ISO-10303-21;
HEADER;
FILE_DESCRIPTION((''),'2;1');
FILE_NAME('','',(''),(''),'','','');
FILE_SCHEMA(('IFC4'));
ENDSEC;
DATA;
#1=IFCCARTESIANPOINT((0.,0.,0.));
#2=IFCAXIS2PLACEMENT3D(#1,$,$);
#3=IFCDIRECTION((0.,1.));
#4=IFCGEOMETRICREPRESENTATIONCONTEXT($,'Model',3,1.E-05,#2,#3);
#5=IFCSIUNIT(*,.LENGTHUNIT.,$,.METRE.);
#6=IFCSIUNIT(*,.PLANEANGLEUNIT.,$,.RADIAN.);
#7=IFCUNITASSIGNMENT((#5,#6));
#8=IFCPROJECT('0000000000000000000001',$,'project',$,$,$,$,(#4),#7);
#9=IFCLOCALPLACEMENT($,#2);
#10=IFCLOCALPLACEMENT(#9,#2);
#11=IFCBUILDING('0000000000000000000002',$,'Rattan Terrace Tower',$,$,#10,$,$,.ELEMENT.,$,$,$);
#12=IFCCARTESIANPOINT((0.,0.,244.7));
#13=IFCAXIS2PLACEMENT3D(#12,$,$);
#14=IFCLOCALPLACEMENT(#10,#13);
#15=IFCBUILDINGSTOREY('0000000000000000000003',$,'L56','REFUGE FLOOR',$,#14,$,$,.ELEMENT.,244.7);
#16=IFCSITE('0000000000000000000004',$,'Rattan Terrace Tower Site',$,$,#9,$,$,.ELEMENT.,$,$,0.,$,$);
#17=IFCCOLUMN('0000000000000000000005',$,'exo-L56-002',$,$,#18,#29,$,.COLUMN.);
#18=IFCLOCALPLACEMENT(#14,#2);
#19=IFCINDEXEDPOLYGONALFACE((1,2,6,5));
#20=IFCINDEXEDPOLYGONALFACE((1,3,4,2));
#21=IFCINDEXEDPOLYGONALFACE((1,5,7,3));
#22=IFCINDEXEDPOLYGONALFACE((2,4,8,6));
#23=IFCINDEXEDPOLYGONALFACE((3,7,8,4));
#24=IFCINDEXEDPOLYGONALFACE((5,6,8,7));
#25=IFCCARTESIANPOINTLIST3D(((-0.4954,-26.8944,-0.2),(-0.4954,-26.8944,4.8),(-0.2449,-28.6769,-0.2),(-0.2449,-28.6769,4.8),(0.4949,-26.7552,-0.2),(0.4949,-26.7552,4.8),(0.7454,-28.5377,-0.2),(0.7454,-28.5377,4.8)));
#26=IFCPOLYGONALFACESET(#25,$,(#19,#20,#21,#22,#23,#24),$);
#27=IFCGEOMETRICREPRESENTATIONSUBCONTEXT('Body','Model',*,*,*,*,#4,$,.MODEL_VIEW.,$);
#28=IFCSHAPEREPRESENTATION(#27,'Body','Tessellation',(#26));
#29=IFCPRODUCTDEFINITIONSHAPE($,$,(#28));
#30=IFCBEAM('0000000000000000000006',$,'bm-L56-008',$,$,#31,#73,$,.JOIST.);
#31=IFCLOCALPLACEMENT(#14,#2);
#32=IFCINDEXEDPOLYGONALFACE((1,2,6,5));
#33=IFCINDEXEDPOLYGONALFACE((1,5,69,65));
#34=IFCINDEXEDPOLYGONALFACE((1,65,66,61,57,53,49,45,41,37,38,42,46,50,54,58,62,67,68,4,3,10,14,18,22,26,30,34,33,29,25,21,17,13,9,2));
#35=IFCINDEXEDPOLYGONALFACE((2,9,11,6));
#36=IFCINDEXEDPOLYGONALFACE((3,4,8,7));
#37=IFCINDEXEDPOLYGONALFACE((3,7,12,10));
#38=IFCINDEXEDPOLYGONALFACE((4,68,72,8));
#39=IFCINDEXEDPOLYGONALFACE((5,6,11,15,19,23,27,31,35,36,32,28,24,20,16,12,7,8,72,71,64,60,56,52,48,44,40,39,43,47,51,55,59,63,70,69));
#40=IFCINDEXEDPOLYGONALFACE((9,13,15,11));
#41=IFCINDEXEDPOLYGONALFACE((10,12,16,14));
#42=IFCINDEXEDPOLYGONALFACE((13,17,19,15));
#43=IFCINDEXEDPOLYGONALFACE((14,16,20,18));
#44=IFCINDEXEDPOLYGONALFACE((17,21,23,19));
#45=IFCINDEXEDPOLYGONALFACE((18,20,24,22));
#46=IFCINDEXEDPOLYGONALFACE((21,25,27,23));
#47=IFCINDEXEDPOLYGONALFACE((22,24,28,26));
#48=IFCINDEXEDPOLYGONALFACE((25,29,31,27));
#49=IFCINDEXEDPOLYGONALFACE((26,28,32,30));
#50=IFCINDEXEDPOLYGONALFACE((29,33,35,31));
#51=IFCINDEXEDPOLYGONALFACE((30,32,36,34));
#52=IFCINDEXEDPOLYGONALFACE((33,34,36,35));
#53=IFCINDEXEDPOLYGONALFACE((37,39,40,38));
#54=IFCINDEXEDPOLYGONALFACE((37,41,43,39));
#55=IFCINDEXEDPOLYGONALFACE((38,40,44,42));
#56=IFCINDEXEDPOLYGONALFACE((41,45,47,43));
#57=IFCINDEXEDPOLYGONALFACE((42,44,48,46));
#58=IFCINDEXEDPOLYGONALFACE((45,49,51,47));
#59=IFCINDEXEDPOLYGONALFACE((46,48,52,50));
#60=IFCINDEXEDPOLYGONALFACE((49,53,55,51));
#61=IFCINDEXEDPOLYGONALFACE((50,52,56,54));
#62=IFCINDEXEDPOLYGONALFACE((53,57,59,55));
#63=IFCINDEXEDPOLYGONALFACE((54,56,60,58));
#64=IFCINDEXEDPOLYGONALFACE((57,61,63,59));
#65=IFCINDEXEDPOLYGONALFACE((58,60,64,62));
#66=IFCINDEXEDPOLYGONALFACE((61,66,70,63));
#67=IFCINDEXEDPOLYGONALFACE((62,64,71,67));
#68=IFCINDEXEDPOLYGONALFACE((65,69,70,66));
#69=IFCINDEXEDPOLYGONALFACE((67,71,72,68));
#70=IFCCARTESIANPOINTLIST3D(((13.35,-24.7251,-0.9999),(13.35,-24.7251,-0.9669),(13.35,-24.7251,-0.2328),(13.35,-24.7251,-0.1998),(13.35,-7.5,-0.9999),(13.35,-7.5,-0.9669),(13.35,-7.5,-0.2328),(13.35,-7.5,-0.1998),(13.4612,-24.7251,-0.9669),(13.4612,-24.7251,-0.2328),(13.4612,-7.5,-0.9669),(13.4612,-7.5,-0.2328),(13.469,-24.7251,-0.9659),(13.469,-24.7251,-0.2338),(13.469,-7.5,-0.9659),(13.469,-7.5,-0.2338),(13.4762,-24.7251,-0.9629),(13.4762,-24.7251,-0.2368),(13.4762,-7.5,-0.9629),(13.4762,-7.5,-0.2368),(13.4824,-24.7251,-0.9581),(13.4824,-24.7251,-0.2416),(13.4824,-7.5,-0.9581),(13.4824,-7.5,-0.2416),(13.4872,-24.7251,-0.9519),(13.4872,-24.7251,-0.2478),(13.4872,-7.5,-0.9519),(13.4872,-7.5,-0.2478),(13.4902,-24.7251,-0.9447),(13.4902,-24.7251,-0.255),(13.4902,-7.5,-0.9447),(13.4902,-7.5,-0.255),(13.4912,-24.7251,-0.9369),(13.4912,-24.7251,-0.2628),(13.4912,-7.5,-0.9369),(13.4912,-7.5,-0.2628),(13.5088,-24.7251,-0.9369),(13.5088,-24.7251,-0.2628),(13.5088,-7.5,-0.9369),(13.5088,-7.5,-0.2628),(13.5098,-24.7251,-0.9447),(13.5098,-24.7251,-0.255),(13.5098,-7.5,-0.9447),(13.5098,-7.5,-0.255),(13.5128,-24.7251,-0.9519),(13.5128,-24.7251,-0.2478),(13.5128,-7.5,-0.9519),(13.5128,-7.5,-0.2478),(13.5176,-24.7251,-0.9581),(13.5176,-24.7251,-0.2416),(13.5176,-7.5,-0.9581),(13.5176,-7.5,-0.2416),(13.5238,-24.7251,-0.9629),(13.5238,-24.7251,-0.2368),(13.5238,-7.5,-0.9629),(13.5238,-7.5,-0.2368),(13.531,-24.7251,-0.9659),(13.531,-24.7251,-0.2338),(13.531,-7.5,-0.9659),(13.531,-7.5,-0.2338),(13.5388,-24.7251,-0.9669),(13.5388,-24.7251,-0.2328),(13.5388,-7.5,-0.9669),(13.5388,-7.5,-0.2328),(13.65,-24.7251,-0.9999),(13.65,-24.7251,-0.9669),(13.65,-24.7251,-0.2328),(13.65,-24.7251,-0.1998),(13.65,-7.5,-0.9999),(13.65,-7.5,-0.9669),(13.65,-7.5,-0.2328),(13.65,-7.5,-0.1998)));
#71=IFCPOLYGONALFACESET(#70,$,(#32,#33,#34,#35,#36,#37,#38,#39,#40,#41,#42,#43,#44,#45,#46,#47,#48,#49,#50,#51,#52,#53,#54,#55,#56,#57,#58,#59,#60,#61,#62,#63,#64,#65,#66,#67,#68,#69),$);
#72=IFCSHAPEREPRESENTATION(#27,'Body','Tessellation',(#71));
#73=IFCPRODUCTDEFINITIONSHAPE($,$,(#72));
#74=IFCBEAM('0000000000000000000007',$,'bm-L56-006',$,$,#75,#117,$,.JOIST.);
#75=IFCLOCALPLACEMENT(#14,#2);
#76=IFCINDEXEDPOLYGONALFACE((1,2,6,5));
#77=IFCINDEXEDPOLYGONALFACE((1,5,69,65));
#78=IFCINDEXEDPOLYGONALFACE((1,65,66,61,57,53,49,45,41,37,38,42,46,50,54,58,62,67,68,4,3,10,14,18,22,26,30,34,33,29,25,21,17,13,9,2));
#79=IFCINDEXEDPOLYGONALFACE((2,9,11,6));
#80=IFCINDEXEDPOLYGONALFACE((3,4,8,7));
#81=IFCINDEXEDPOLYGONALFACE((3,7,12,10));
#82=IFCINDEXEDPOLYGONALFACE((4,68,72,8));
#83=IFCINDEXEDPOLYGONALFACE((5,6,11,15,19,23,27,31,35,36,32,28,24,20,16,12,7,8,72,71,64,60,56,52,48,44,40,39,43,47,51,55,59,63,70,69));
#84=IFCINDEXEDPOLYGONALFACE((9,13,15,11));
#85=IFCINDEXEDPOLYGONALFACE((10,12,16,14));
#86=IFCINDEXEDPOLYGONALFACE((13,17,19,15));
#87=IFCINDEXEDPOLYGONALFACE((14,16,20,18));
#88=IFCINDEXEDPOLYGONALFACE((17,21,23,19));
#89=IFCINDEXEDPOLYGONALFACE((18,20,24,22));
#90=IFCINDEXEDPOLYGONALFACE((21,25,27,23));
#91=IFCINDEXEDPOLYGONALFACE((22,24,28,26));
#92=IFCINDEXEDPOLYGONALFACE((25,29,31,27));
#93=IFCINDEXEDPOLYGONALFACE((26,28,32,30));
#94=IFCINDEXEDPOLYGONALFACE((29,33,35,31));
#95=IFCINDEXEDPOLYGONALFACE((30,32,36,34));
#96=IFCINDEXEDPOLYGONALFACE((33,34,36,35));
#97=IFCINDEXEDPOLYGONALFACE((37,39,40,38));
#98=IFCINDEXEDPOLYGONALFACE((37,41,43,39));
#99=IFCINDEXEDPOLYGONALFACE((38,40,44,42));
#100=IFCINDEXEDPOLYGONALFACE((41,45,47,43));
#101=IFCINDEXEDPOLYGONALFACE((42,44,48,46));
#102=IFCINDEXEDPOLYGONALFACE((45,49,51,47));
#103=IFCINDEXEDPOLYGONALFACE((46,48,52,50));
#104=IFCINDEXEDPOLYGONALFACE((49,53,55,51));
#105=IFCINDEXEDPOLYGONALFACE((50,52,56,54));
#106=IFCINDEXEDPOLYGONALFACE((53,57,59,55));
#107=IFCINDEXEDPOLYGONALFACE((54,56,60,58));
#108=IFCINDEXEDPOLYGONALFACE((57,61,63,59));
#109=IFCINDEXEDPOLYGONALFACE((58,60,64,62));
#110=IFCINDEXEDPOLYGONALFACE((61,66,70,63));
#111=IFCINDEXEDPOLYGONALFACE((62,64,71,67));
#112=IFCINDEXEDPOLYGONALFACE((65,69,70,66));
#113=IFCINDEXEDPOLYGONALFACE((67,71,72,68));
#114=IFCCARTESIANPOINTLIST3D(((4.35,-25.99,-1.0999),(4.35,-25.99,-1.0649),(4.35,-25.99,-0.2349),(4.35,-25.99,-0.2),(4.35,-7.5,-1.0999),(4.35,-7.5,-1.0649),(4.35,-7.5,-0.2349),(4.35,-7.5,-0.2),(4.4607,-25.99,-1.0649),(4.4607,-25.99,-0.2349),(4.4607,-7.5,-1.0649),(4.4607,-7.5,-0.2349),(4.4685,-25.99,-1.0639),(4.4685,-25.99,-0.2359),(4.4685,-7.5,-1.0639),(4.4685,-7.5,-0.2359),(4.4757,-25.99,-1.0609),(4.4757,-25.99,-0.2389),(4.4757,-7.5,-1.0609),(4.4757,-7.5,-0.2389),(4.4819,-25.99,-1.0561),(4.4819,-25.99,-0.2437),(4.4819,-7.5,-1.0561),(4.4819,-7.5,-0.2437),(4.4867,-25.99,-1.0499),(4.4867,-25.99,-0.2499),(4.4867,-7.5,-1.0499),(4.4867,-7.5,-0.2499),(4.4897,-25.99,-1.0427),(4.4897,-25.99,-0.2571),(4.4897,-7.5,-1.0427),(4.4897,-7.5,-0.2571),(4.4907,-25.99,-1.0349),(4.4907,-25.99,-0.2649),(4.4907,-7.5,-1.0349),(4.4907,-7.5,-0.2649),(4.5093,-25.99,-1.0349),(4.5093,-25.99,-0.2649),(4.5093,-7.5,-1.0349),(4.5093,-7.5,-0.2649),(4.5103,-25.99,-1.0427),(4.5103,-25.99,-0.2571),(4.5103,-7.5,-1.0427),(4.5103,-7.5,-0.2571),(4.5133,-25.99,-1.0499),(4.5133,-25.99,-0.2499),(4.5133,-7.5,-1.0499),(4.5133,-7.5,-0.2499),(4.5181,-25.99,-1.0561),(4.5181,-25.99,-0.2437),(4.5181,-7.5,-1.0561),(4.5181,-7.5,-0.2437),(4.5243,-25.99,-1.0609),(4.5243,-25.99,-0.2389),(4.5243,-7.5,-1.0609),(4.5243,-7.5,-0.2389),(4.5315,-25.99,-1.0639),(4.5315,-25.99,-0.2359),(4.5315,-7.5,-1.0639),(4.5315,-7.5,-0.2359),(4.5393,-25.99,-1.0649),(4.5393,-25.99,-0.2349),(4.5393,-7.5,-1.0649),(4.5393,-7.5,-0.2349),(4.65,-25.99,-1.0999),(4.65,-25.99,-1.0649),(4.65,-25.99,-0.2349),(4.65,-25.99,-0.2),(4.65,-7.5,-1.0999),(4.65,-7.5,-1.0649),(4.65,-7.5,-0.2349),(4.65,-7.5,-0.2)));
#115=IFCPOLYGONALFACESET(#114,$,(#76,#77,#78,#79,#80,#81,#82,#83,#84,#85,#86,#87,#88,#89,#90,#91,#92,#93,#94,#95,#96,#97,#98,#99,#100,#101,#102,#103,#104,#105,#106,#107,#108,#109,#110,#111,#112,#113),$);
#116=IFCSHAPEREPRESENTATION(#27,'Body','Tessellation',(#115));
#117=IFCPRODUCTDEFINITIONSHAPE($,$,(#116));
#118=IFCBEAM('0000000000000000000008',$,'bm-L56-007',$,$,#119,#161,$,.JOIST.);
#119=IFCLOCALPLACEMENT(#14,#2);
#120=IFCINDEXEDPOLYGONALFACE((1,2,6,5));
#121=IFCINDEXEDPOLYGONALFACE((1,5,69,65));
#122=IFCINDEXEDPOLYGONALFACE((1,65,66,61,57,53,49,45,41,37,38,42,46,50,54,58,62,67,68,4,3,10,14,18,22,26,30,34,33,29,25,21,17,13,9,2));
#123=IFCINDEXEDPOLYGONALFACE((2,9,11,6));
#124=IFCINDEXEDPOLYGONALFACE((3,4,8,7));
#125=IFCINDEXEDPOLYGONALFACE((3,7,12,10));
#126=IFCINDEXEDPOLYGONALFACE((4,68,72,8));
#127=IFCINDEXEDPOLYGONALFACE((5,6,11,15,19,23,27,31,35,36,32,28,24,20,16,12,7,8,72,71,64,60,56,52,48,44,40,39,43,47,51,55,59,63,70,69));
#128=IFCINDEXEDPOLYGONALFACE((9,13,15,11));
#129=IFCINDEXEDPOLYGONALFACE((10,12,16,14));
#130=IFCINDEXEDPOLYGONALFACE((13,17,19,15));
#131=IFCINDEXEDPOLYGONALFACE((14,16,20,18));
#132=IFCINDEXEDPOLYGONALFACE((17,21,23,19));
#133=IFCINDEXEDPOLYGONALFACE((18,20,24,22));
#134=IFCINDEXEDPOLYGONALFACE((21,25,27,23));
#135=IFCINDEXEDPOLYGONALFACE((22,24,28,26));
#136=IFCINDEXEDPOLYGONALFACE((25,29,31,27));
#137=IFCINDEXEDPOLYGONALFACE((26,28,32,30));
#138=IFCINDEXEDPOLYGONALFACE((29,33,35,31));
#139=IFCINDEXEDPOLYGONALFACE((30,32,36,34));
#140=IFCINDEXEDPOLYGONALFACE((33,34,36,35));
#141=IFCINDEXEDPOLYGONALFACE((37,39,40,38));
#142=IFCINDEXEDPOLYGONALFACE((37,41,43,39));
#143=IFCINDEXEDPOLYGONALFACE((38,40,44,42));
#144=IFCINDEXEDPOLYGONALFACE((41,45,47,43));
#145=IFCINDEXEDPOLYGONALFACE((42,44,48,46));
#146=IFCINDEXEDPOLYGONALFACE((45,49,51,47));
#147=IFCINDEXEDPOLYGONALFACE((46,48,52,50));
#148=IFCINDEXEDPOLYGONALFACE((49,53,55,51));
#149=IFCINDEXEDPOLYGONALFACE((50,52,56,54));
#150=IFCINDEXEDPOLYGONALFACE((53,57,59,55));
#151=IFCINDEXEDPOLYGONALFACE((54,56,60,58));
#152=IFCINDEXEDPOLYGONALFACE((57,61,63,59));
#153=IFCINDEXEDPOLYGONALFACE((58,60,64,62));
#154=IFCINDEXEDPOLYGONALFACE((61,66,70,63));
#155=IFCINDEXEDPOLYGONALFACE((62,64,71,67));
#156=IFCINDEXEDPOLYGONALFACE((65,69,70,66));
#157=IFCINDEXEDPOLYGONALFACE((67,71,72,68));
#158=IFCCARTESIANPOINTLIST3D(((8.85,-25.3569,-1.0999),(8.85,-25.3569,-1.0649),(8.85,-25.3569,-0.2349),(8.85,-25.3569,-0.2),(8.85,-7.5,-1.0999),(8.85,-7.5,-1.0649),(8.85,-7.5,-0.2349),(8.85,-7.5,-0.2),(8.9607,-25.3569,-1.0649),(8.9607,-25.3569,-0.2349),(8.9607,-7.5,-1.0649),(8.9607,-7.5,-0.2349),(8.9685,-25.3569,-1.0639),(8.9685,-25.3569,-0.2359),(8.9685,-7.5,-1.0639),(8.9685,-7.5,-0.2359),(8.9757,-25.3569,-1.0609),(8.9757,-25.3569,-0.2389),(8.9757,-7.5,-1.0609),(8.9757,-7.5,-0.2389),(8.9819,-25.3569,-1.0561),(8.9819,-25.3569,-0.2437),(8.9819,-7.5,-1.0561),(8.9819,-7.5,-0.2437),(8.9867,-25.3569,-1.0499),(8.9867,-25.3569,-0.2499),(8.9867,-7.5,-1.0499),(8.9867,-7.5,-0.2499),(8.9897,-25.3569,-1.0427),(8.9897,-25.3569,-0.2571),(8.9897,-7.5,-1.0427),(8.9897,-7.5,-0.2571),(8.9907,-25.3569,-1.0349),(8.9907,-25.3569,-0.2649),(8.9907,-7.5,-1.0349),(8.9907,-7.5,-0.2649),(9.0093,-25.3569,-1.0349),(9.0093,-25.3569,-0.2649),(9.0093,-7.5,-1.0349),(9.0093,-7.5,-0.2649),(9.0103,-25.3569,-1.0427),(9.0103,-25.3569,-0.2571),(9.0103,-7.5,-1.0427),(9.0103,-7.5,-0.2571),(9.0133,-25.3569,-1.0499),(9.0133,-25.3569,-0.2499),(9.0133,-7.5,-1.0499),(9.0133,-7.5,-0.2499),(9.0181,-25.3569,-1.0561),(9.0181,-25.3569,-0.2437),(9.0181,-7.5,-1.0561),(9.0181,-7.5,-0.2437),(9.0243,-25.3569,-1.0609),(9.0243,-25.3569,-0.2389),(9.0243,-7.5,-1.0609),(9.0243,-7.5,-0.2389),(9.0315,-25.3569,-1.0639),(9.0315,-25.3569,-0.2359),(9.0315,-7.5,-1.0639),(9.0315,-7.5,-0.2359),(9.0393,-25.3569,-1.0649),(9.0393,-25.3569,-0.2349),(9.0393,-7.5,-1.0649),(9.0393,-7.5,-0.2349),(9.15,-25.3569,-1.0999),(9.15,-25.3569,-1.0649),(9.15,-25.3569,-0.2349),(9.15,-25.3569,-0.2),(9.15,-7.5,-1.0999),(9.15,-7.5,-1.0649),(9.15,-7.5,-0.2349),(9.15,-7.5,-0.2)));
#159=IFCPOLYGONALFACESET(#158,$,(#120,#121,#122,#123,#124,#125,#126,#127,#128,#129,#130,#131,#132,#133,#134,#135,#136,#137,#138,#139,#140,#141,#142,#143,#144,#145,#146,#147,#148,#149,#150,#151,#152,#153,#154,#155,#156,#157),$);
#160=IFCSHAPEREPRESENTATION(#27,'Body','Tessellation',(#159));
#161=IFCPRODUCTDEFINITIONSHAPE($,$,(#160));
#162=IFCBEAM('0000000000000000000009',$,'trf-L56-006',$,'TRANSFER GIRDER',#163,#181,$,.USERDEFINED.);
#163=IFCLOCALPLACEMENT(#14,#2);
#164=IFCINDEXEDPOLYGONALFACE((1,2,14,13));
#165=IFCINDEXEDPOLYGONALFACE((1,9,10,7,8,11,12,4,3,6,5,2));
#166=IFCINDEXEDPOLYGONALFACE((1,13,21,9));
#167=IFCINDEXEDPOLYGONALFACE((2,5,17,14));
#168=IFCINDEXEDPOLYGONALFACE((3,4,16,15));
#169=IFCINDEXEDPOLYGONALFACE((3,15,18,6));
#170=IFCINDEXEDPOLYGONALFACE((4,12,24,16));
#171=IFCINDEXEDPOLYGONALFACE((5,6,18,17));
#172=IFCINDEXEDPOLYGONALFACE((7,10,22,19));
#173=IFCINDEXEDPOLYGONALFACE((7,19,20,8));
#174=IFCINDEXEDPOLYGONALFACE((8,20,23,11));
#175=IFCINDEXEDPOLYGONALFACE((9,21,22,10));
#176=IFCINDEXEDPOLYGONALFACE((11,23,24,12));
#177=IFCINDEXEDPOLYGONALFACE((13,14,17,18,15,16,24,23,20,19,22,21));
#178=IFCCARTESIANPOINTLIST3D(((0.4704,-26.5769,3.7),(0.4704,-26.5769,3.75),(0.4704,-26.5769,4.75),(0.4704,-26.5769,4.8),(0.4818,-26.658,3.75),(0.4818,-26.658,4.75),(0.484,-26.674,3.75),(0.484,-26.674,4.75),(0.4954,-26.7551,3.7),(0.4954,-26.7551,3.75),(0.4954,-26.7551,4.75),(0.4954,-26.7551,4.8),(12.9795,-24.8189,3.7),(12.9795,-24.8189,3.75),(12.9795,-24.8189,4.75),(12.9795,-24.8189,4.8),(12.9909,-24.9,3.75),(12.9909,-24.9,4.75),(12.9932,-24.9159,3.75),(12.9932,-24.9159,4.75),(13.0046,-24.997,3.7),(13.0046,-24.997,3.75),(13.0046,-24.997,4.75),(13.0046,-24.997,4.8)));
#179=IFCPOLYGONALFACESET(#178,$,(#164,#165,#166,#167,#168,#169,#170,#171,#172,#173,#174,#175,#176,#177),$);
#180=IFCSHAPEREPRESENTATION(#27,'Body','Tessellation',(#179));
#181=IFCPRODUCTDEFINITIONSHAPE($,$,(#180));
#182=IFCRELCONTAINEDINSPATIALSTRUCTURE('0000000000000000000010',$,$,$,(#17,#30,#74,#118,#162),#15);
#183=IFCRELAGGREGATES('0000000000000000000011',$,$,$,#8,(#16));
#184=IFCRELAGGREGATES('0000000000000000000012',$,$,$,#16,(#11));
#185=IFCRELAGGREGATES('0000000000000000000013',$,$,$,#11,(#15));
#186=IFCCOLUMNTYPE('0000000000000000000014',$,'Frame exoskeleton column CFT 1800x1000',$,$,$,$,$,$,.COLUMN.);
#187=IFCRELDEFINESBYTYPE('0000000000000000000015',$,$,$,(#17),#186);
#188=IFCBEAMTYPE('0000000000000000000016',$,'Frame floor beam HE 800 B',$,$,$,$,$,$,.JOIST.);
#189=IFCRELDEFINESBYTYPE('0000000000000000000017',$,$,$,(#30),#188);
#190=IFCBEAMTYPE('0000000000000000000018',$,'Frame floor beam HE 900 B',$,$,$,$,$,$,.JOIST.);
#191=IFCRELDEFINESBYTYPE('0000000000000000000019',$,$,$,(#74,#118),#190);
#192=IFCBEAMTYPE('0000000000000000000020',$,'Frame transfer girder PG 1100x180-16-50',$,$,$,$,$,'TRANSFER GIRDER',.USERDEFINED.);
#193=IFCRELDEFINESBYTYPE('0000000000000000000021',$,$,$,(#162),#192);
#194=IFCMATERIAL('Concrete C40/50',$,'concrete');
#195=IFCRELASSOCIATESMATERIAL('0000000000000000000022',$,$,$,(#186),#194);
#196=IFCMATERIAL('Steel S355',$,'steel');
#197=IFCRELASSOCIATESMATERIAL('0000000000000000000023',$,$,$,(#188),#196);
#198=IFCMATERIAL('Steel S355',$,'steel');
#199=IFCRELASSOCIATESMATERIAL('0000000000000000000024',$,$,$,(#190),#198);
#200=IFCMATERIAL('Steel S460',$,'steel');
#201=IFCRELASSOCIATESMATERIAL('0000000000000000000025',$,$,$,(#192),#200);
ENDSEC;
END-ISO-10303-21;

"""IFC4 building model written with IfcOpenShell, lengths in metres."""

from ifc_helpers import new_model, si_unit, direction, frame, origin, origin_2d, place, context, subcontext, project, spatial, rectangle, i_section, extrude, material, material_profile, profile_set, type_object, element, save


model = new_model("IFC4")

# Units and contexts
model_context = context("Model", 3, precision=1e-05, world=origin(), true_north=direction((0.0, 1.0)))
body_context = subcontext(model_context, "Body", "Model", "MODEL_VIEW")
ifc_project = project(units=[si_unit("LENGTHUNIT", "METRE"), si_unit("PLANEANGLEUNIT", "RADIAN")], contexts=[model_context])

# Site, building, storey
site_placement = place(None, origin())
site = spatial("IfcSite", under=ifc_project, at=site_placement, Name="Rattan Terrace Tower Site", CompositionType="ELEMENT", RefElevation=0.0)
building_placement = place(site_placement, origin())
building = spatial("IfcBuilding", under=site, at=building_placement, Name="Rattan Terrace Tower", CompositionType="ELEMENT")
storey_placement = place(building_placement, frame((0.0, 0.0, 244.7)))
storey = spatial("IfcBuildingStorey", under=building, at=storey_placement, Name="L56", Description="REFUGE FLOOR", CompositionType="ELEMENT", Elevation=244.7)

# Column
ifc_material_1 = material(Name="Concrete C40/50", Category="concrete")
ifc_material_profile_1 = material_profile(ifc_material_1, rectangle(XDim=1.0, YDim=1.8, at=origin_2d()), Name="CFT 1800x1000")
ifc_profile_set_1 = profile_set([ifc_material_profile_1], Name="Concrete C40/50")
column_type = type_object("IfcColumnType", Name="Frame exoskeleton column CFT 1800x1000", PredefinedType="COLUMN", material=ifc_profile_set_1)
column_placement = place(storey_placement, frame((0.125, -27.7161, -0.2), z_axis=(0.0, 0.0, 1.0), x_axis=(0.990268, 0.139173, 0.0)))
element("IfcColumn", 1, at=column_placement, inside=storey, type_object=column_type, Name="exo-L56-002", PredefinedType="COLUMN", context=body_context, shape_type="SweptSolid", body=[
    extrude(rectangle(XDim=1.0, YDim=1.8, at=origin_2d()), origin(), (0.0, 0.0, 1.0), 5.0),
])

# Beams
ifc_material_2 = material(Name="Steel S355", Category="steel")
ifc_material_profile_2 = material_profile(ifc_material_2, i_section(OverallWidth=0.3, OverallDepth=0.8, WebThickness=0.0176, FlangeThickness=0.033, FilletRadius=0.03, at=origin_2d()), Name="HE 800 B")
ifc_profile_set_2 = profile_set([ifc_material_profile_2], Name="Steel S355")
beam_type_1 = type_object("IfcBeamType", Name="Frame floor beam HE 800 B", PredefinedType="JOIST", material=ifc_profile_set_2)
beam_1_placement = place(storey_placement, frame((13.5, -24.7251, -0.5999), z_axis=(0.0, 1.0, 0.0), x_axis=(-1.0, 0.0, 0.0)))
element("IfcBeam", 2, at=beam_1_placement, inside=storey, type_object=beam_type_1, Name="bm-L56-008", PredefinedType="JOIST", context=body_context, shape_type="SweptSolid", body=[
    extrude(i_section(OverallWidth=0.3, OverallDepth=0.8, WebThickness=0.0176, FlangeThickness=0.033, FilletRadius=0.03, at=origin_2d()), origin(), (0.0, 0.0, 1.0), 17.2251),
])
ifc_material_3 = material(Name="Steel S355", Category="steel")
ifc_material_profile_3 = material_profile(ifc_material_3, i_section(OverallWidth=0.3, OverallDepth=0.8999, WebThickness=0.0186, FlangeThickness=0.0349, FilletRadius=0.03, at=origin_2d()), Name="HE 900 B")
ifc_profile_set_3 = profile_set([ifc_material_profile_3], Name="Steel S355")
beam_type_2 = type_object("IfcBeamType", Name="Frame floor beam HE 900 B", PredefinedType="JOIST", material=ifc_profile_set_3)
beam_2_placement = place(storey_placement, frame((4.5, -25.99, -0.6499), z_axis=(0.0, 1.0, 0.0), x_axis=(-1.0, 0.0, 0.0)))
element("IfcBeam", 3, at=beam_2_placement, inside=storey, type_object=beam_type_2, Name="bm-L56-006", PredefinedType="JOIST", context=body_context, shape_type="SweptSolid", body=[
    extrude(i_section(OverallWidth=0.3, OverallDepth=0.8999, WebThickness=0.0186, FlangeThickness=0.0349, FilletRadius=0.03, at=origin_2d()), origin(), (0.0, 0.0, 1.0), 18.49),
])
beam_3_placement = place(storey_placement, frame((9.0, -25.3569, -0.6499), z_axis=(0.0, 1.0, 0.0), x_axis=(-1.0, 0.0, 0.0)))
element("IfcBeam", 4, at=beam_3_placement, inside=storey, type_object=beam_type_2, Name="bm-L56-007", PredefinedType="JOIST", context=body_context, shape_type="SweptSolid", body=[
    extrude(i_section(OverallWidth=0.3, OverallDepth=0.8999, WebThickness=0.0186, FlangeThickness=0.0349, FilletRadius=0.03, at=origin_2d()), origin(), (0.0, 0.0, 1.0), 17.8569),
])
ifc_material_4 = material(Name="Steel S460", Category="steel")
ifc_material_profile_4 = material_profile(ifc_material_4, i_section(OverallWidth=0.1799, OverallDepth=1.1001, WebThickness=0.0161, FlangeThickness=0.05, at=origin_2d()), Name="PG 1100x180-16-50")
ifc_profile_set_4 = profile_set([ifc_material_profile_4], Name="Steel S460")
beam_type_3 = type_object("IfcBeamType", Name="Frame transfer girder PG 1100x180-16-50", ElementType="TRANSFER GIRDER", PredefinedType="USERDEFINED", material=ifc_profile_set_4)
beam_4_placement = place(storey_placement, frame((0.4829, -26.666, 4.25), z_axis=(0.990268, 0.139175, 0.0), x_axis=(-0.139175, 0.990268, 0.0)))
element("IfcBeam", 5, at=beam_4_placement, inside=storey, type_object=beam_type_3, Name="trf-L56-006", ObjectType="TRANSFER GIRDER", PredefinedType="USERDEFINED", context=body_context, shape_type="SweptSolid", body=[
    extrude(i_section(OverallWidth=0.1799, OverallDepth=1.1001, WebThickness=0.0161, FlangeThickness=0.05, at=origin_2d()), origin(), (0.0, 0.0, 1.0), 12.6321),
])

save(model, "model.ifc")
